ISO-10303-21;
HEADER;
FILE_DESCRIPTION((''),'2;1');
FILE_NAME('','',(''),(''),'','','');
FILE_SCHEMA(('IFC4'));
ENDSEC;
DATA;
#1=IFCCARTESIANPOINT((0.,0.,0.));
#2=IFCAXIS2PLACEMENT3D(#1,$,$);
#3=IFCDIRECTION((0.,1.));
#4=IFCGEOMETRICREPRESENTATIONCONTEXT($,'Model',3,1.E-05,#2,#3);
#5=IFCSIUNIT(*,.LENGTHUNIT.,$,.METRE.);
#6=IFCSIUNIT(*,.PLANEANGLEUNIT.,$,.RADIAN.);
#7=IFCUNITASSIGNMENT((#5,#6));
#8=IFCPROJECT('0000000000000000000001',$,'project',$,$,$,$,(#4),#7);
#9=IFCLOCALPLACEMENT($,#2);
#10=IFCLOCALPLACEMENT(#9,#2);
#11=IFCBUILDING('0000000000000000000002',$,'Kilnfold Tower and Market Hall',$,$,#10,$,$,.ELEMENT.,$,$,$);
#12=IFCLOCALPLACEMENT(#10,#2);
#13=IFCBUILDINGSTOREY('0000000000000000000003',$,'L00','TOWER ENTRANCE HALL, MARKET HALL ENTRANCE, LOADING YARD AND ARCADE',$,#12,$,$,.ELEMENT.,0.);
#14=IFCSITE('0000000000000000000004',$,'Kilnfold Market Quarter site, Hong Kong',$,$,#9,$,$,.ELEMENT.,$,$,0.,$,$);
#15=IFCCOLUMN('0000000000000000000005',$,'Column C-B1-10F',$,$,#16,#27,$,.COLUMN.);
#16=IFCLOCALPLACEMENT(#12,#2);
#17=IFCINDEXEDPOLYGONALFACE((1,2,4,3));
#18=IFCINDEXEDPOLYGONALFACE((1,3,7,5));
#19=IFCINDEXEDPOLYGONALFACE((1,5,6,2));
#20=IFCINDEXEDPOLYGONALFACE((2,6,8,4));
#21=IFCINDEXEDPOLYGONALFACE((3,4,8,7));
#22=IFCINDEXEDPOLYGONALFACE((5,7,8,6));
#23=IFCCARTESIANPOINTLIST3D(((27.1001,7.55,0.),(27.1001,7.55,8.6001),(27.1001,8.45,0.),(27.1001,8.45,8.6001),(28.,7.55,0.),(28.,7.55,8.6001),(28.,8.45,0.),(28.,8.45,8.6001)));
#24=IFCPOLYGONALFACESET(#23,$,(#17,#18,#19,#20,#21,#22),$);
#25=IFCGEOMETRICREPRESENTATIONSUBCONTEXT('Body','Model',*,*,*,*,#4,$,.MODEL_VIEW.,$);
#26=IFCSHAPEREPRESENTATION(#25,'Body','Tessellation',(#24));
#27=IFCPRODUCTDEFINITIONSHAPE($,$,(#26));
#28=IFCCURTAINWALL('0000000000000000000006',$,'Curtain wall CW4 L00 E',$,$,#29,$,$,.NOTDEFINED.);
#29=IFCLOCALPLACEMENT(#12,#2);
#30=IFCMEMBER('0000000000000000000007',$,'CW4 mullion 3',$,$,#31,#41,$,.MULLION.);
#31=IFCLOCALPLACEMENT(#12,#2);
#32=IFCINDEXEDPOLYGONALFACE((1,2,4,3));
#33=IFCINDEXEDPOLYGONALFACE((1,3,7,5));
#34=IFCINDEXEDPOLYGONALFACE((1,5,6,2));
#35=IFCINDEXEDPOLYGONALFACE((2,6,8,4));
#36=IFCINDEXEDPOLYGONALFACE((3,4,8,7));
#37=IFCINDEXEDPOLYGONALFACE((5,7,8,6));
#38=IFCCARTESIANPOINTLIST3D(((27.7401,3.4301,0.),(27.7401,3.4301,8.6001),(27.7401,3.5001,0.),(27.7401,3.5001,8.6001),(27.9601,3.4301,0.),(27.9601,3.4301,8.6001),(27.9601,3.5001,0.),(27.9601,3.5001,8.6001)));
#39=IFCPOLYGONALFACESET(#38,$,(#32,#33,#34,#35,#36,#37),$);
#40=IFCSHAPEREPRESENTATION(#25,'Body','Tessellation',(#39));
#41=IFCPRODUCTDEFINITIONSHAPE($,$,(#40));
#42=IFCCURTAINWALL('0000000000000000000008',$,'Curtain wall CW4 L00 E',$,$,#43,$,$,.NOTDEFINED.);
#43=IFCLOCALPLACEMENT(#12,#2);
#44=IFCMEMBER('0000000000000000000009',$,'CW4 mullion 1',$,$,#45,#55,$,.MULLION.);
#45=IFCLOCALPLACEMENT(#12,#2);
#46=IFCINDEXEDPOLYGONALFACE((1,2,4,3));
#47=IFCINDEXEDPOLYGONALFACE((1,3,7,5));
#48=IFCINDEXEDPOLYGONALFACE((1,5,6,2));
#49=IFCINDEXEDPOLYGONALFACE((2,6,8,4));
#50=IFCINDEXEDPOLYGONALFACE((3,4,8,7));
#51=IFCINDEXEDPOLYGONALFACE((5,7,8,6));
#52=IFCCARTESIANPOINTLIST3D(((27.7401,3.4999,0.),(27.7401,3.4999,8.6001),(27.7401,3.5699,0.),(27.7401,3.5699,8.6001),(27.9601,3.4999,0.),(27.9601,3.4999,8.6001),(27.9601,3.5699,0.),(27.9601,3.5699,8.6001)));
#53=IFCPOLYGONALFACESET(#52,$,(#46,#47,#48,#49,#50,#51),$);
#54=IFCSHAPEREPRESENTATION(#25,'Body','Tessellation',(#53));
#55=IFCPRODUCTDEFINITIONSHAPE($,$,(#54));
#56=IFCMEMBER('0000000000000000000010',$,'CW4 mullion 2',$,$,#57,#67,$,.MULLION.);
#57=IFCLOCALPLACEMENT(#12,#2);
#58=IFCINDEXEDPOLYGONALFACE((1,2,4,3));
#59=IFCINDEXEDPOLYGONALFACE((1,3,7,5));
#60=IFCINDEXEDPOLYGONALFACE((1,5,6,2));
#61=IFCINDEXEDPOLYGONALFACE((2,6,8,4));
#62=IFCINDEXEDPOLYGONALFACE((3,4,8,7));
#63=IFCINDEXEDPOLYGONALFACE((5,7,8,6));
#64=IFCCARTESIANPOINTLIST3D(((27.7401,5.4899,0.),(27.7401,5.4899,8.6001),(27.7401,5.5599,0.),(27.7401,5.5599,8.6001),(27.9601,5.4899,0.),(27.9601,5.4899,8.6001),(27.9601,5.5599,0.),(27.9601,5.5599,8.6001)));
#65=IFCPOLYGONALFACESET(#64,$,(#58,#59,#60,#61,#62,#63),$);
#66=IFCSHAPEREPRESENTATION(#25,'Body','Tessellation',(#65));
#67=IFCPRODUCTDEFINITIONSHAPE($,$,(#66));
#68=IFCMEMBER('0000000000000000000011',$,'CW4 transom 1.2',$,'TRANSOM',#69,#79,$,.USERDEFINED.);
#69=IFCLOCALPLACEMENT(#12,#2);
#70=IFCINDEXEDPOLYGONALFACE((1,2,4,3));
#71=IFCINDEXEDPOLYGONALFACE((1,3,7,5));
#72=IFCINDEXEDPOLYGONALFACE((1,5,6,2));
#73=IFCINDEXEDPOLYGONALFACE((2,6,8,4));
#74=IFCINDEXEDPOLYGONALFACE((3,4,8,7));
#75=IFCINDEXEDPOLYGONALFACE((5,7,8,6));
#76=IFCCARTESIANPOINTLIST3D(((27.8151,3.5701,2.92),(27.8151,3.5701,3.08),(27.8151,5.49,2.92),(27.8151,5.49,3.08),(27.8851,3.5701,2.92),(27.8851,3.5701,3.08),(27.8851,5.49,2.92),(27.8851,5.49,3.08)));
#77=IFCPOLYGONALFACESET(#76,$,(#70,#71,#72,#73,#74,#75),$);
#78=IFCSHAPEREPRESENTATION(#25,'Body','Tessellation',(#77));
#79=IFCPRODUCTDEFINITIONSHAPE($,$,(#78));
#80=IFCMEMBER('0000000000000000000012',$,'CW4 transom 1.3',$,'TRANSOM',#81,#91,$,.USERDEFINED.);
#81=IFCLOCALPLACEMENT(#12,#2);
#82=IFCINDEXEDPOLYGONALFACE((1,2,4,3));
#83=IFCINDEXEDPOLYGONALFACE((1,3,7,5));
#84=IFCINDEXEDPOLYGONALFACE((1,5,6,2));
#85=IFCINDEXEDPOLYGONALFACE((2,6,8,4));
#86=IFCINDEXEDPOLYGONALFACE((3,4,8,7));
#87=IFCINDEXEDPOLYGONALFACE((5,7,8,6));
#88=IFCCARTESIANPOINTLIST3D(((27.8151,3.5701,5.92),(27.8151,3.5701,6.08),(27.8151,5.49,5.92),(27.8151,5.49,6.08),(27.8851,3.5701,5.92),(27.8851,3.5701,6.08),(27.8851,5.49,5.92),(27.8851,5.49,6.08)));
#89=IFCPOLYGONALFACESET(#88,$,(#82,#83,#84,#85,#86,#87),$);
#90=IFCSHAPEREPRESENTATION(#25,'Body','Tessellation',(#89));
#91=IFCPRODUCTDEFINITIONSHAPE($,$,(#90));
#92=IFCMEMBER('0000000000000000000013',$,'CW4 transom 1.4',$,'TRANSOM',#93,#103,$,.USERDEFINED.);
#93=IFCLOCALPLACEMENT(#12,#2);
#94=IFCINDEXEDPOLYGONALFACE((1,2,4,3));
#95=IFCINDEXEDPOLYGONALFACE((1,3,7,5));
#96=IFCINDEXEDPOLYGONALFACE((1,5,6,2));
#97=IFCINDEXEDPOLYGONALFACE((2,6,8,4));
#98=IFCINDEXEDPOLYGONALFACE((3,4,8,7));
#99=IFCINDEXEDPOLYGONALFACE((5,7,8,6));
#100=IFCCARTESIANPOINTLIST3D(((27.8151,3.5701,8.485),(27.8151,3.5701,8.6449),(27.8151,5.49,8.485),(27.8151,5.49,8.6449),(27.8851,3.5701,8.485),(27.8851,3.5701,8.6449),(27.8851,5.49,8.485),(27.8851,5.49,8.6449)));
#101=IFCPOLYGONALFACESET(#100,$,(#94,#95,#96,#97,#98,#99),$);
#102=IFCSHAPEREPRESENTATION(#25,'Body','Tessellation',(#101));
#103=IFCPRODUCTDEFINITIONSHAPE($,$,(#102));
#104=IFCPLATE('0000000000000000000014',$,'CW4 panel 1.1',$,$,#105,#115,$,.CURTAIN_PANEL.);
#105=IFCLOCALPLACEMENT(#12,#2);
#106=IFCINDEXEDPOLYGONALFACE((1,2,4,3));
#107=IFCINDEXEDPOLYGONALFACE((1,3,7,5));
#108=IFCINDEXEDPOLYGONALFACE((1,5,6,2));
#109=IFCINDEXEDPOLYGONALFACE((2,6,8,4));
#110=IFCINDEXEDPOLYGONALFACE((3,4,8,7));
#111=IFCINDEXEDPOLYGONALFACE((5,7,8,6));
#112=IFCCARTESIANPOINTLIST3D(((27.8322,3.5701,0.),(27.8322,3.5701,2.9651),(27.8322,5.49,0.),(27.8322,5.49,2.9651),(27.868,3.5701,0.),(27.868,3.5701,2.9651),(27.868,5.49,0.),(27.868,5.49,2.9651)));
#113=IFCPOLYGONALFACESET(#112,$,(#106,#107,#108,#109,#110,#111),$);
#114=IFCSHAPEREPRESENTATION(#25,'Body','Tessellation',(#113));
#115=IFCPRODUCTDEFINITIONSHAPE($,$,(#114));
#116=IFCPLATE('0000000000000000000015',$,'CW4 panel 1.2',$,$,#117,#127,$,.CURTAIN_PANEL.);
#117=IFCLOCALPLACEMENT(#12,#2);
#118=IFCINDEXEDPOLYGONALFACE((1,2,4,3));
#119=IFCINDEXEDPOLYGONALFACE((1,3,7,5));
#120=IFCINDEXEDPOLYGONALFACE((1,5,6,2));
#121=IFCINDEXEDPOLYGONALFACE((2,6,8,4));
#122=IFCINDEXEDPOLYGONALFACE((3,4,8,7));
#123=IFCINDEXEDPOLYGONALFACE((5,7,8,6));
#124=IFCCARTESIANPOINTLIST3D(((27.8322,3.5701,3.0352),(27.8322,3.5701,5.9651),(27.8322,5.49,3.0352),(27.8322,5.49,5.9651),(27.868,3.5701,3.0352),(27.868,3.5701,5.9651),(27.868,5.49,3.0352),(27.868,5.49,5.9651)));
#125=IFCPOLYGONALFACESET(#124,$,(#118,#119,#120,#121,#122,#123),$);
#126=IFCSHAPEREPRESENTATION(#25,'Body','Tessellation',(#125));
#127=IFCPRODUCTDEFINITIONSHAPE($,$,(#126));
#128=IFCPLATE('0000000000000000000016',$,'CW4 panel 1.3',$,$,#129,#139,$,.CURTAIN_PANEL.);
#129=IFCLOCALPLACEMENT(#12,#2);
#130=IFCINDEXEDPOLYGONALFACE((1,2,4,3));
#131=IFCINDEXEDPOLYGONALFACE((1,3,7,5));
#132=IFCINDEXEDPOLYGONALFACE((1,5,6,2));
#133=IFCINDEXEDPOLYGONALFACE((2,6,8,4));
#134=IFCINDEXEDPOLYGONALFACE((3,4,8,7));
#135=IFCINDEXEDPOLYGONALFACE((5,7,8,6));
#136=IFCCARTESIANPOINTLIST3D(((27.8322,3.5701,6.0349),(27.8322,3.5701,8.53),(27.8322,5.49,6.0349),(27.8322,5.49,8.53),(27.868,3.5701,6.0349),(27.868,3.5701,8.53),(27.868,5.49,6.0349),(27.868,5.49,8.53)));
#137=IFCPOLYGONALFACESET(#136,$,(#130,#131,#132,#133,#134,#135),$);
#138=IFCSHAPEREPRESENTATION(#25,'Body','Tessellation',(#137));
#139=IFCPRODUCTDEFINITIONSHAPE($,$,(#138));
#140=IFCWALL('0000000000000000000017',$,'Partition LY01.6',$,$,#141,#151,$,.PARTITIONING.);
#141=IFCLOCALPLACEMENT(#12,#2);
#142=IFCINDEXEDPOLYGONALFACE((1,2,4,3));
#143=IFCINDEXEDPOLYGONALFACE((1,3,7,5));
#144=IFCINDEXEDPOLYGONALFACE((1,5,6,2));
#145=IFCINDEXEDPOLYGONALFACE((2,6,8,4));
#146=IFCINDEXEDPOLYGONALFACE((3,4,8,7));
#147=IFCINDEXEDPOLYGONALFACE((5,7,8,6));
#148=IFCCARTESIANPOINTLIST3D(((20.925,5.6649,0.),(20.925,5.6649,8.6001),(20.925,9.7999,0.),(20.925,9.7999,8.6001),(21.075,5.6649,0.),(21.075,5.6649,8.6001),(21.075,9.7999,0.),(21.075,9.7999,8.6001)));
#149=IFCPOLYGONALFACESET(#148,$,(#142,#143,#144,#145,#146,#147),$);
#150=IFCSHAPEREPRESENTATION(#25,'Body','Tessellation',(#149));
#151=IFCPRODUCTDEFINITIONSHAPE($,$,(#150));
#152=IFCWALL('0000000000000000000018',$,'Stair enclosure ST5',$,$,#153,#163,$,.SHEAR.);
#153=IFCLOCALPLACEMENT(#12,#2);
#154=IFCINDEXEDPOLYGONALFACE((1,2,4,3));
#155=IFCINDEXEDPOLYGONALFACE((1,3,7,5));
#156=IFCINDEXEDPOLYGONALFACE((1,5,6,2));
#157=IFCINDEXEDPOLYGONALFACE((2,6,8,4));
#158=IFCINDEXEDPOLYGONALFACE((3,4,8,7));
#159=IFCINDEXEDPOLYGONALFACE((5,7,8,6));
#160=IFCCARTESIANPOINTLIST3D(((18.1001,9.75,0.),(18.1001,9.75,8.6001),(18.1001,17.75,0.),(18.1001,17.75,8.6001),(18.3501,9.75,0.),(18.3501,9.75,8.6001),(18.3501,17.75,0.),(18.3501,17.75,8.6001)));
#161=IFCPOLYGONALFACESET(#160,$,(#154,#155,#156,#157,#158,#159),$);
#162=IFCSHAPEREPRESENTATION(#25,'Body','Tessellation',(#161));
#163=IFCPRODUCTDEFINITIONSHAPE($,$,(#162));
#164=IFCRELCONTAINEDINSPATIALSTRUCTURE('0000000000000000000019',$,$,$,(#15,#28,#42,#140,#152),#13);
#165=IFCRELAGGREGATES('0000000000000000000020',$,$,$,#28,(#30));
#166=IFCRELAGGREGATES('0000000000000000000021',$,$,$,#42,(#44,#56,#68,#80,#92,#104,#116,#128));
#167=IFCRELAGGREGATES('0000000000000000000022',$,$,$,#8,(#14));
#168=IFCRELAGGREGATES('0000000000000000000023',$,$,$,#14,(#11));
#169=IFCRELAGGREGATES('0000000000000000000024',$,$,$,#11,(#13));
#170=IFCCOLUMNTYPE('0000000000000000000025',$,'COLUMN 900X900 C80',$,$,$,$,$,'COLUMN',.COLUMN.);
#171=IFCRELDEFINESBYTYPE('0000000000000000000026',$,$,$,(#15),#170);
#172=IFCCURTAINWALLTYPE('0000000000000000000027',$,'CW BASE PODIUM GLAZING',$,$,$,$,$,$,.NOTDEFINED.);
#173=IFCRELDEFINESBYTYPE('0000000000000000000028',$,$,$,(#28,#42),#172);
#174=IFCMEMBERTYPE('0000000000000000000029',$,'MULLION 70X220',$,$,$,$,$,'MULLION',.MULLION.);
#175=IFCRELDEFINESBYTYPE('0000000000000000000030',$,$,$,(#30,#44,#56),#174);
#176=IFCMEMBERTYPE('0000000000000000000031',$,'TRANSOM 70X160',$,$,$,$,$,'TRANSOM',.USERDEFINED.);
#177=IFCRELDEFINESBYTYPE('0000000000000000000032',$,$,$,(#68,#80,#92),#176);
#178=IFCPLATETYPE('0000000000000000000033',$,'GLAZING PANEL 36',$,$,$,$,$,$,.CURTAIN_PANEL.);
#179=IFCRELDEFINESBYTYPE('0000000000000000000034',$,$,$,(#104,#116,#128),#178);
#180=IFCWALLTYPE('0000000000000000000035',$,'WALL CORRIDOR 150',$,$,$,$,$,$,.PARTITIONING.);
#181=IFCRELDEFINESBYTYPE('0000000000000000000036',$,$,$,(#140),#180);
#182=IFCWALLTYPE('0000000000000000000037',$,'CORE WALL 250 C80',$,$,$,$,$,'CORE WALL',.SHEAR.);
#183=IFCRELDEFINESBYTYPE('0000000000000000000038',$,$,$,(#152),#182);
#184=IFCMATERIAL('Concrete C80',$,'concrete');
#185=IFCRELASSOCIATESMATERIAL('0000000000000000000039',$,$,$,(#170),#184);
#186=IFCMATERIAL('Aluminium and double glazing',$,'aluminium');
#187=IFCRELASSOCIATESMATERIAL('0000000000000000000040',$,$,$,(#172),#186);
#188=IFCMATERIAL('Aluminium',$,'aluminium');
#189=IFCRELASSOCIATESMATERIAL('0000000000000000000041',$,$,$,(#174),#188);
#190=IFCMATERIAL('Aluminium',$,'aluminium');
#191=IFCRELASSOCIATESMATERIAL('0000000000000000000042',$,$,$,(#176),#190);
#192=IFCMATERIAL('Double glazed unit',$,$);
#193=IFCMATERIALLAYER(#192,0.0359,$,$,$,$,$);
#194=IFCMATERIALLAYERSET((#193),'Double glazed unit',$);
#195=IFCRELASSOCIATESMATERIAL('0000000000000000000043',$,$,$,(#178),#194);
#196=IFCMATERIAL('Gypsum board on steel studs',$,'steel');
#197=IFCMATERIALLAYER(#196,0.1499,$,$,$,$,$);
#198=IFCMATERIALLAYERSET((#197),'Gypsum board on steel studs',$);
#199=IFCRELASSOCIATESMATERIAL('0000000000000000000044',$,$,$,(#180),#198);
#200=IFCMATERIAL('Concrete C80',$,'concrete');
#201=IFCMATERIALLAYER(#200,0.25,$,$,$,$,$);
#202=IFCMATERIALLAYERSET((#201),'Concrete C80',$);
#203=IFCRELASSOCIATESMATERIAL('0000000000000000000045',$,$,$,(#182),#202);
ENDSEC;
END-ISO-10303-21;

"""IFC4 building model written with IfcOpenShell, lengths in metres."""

from ifc_helpers import new_model, si_unit, direction, frame, frame_2d, origin, origin_2d, place, context, subcontext, project, spatial, rectangle, extrude, source, transform, mapped, material, layer, layer_set, material_profile, profile_set, type_object, element, aggregate, save


model = new_model("IFC4")

# Units and contexts
model_context = context("Model", 3, precision=1e-05, world=origin(), true_north=direction((0.0, 1.0)))
body_context = subcontext(model_context, "Body", "Model", "MODEL_VIEW")
ifc_project = project(units=[si_unit("LENGTHUNIT", "METRE"), si_unit("PLANEANGLEUNIT", "RADIAN")], contexts=[model_context])

# Site, building, storey
site_placement = place(None, origin())
site = spatial("IfcSite", under=ifc_project, at=site_placement, Name="Kilnfold Market Quarter site, Hong Kong", CompositionType="ELEMENT", RefElevation=0.0)
building_placement = place(site_placement, origin())
building = spatial("IfcBuilding", under=site, at=building_placement, Name="Kilnfold Tower and Market Hall", CompositionType="ELEMENT")
storey_placement = place(building_placement, origin())
storey = spatial("IfcBuildingStorey", under=building, at=storey_placement, Name="L00", Description="TOWER ENTRANCE HALL, MARKET HALL ENTRANCE, LOADING YARD AND ARCADE", CompositionType="ELEMENT", Elevation=0.0)

# Column
ifc_material_1 = material(Name="Concrete C80", Category="concrete")
ifc_material_profile_1 = material_profile(ifc_material_1, rectangle(XDim=0.8999, YDim=0.8999, at=origin_2d()), Name="RC 900x900")
ifc_profile_set_1 = profile_set([ifc_material_profile_1], Name="Concrete C80")
column_type = type_object("IfcColumnType", Name="COLUMN 900X900 C80", ElementType="COLUMN", PredefinedType="COLUMN", material=ifc_profile_set_1)
shared_shape_1 = source(origin(), body_context, "Body", "SweptSolid", [
    extrude(rectangle(XDim=0.8999, YDim=0.8999, at=origin_2d()), origin(), (0.0, 0.0, 1.0), 8.6001),
])
column_placement = place(storey_placement, frame((27.55, 8.0, 0.0), z_axis=(0.0, 0.0, 1.0), x_axis=(1.0, 0.0, 0.0)))
element("IfcColumn", 1, at=column_placement, inside=storey, type_object=column_type, Name="Column C-B1-10F", PredefinedType="COLUMN", context=body_context, shape_type="MappedRepresentation", body=[
    mapped(shared_shape_1, transform((0.0, 0.0, 0.0))),
])

# Curtain wall, member
ifc_material_2 = material(Name="Aluminium and double glazing", Category="aluminium")
curtain_wall_type = type_object("IfcCurtainWallType", Name="CW BASE PODIUM GLAZING", PredefinedType="NOTDEFINED", material=ifc_material_2)
curtain_wall_1_placement = place(storey_placement, origin())
curtain_wall_1 = element("IfcCurtainWall", 2, at=curtain_wall_1_placement, inside=storey, type_object=curtain_wall_type, Name="Curtain wall CW4 L00 E", PredefinedType="NOTDEFINED")
ifc_material_3 = material(Name="Aluminium", Category="aluminium")
ifc_material_profile_2 = material_profile(ifc_material_3, rectangle(XDim=0.0701, YDim=0.22, at=origin_2d()), Name="MULLION 70x220")
ifc_profile_set_2 = profile_set([ifc_material_profile_2], Name="Aluminium")
member_type_1 = type_object("IfcMemberType", Name="MULLION 70X220", ElementType="MULLION", PredefinedType="MULLION", material=ifc_profile_set_2)
shared_shape_2 = source(origin(), body_context, "Body", "SweptSolid", [
    extrude(rectangle(XDim=0.0701, YDim=0.22, at=origin_2d()), origin(), (0.0, 0.0, 1.0), 8.6001),
])
member_1_placement = place(storey_placement, frame((27.8501, 3.4651, 0.0), z_axis=(0.0, 0.0, 1.0), x_axis=(0.0, 1.0, 0.0)))
member_1 = element("IfcMember", 3, at=member_1_placement, type_object=member_type_1, Name="CW4 mullion 3", PredefinedType="MULLION", context=body_context, shape_type="MappedRepresentation", body=[
    mapped(shared_shape_2, transform((0.0, 0.0, 0.0))),
])
aggregate(curtain_wall_1, [member_1])

# Curtain wall, members, plates
curtain_wall_2_placement = place(storey_placement, origin())
curtain_wall_2 = element("IfcCurtainWall", 4, at=curtain_wall_2_placement, inside=storey, type_object=curtain_wall_type, Name="Curtain wall CW4 L00 E", PredefinedType="NOTDEFINED")
member_2_placement = place(storey_placement, frame((27.8501, 3.5349, 0.0), z_axis=(0.0, 0.0, 1.0), x_axis=(0.0, 1.0, 0.0)))
member_2 = element("IfcMember", 5, at=member_2_placement, type_object=member_type_1, Name="CW4 mullion 1", PredefinedType="MULLION", context=body_context, shape_type="MappedRepresentation", body=[
    mapped(shared_shape_2, transform((0.0, 0.0, 0.0))),
])
member_3_placement = place(storey_placement, frame((27.8501, 5.5249, 0.0), z_axis=(0.0, 0.0, 1.0), x_axis=(0.0, 1.0, 0.0)))
member_3 = element("IfcMember", 6, at=member_3_placement, type_object=member_type_1, Name="CW4 mullion 2", PredefinedType="MULLION", context=body_context, shape_type="MappedRepresentation", body=[
    mapped(shared_shape_2, transform((0.0, 0.0, 0.0))),
])
ifc_material_4 = material(Name="Aluminium", Category="aluminium")
ifc_material_profile_3 = material_profile(ifc_material_4, rectangle(XDim=0.0701, YDim=0.1599, at=origin_2d()), Name="TRANSOM 70x160")
ifc_profile_set_3 = profile_set([ifc_material_profile_3], Name="Aluminium")
member_type_2 = type_object("IfcMemberType", Name="TRANSOM 70X160", ElementType="TRANSOM", PredefinedType="USERDEFINED", material=ifc_profile_set_3)
shared_shape_3 = source(origin(), body_context, "Body", "SweptSolid", [
    extrude(rectangle(XDim=0.0701, YDim=0.1599, at=origin_2d()), origin(), (0.0, 0.0, 1.0), 1.9199),
])
member_4_placement = place(storey_placement, frame((27.8501, 3.5701, 3.0), z_axis=(0.0, 1.0, 0.0), x_axis=(-1.0, 0.0, 0.0)))
member_4 = element("IfcMember", 7, at=member_4_placement, type_object=member_type_2, Name="CW4 transom 1.2", ObjectType="TRANSOM", PredefinedType="USERDEFINED", context=body_context, shape_type="MappedRepresentation", body=[
    mapped(shared_shape_3, transform((0.0, 0.0, 0.0))),
])
member_5_placement = place(storey_placement, frame((27.8501, 3.5701, 6.0), z_axis=(0.0, 1.0, 0.0), x_axis=(-1.0, 0.0, 0.0)))
member_5 = element("IfcMember", 8, at=member_5_placement, type_object=member_type_2, Name="CW4 transom 1.3", ObjectType="TRANSOM", PredefinedType="USERDEFINED", context=body_context, shape_type="MappedRepresentation", body=[
    mapped(shared_shape_3, transform((0.0, 0.0, 0.0))),
])
member_6_placement = place(storey_placement, frame((27.8501, 3.5701, 8.5649), z_axis=(0.0, 1.0, 0.0), x_axis=(-1.0, 0.0, 0.0)))
member_6 = element("IfcMember", 9, at=member_6_placement, type_object=member_type_2, Name="CW4 transom 1.4", ObjectType="TRANSOM", PredefinedType="USERDEFINED", context=body_context, shape_type="MappedRepresentation", body=[
    mapped(shared_shape_3, transform((0.0, 0.0, 0.0))),
])
ifc_material_5 = material(Name="Double glazed unit")
ifc_layer_1 = layer(ifc_material_5, 0.0359)
ifc_layer_set_1 = layer_set([ifc_layer_1], Name="Double glazed unit")
plate_type = type_object("IfcPlateType", Name="GLAZING PANEL 36", PredefinedType="CURTAIN_PANEL", material=ifc_layer_set_1)
shared_shape_4 = source(origin(), body_context, "Body", "SweptSolid", [
    extrude(rectangle(XDim=1.9199, YDim=0.0359, at=origin_2d()), origin(), (0.0, 0.0, 1.0), 2.9651),
])
plate_1_placement = place(storey_placement, frame((27.8501, 4.53, 0.0), z_axis=(0.0, 0.0, 1.0), x_axis=(0.0, 1.0, 0.0)))
plate_1 = element("IfcPlate", 10, at=plate_1_placement, type_object=plate_type, Name="CW4 panel 1.1", PredefinedType="CURTAIN_PANEL", context=body_context, shape_type="MappedRepresentation", body=[
    mapped(shared_shape_4, transform((0.0, 0.0, 0.0))),
])
shared_shape_5 = source(origin(), body_context, "Body", "SweptSolid", [
    extrude(rectangle(XDim=1.9199, YDim=0.0359, at=origin_2d()), origin(), (0.0, 0.0, 1.0), 2.9299),
])
plate_2_placement = place(storey_placement, frame((27.8501, 4.53, 3.0352), z_axis=(0.0, 0.0, 1.0), x_axis=(0.0, 1.0, 0.0)))
plate_2 = element("IfcPlate", 11, at=plate_2_placement, type_object=plate_type, Name="CW4 panel 1.2", PredefinedType="CURTAIN_PANEL", context=body_context, shape_type="MappedRepresentation", body=[
    mapped(shared_shape_5, transform((0.0, 0.0, 0.0))),
])
shared_shape_6 = source(origin(), body_context, "Body", "SweptSolid", [
    extrude(rectangle(XDim=1.9199, YDim=0.0359, at=origin_2d()), origin(), (0.0, 0.0, 1.0), 2.4951),
])
plate_3_placement = place(storey_placement, frame((27.8501, 4.53, 6.0349), z_axis=(0.0, 0.0, 1.0), x_axis=(0.0, 1.0, 0.0)))
plate_3 = element("IfcPlate", 12, at=plate_3_placement, type_object=plate_type, Name="CW4 panel 1.3", PredefinedType="CURTAIN_PANEL", context=body_context, shape_type="MappedRepresentation", body=[
    mapped(shared_shape_6, transform((0.0, 0.0, 0.0))),
])
aggregate(curtain_wall_2, [member_2, member_3, member_4, member_5, member_6, plate_1, plate_2, plate_3])

# Walls
ifc_material_6 = material(Name="Gypsum board on steel studs", Category="steel")
ifc_layer_2 = layer(ifc_material_6, 0.1499)
ifc_layer_set_2 = layer_set([ifc_layer_2], Name="Gypsum board on steel studs")
wall_type_1 = type_object("IfcWallType", Name="WALL CORRIDOR 150", PredefinedType="PARTITIONING", material=ifc_layer_set_2)
wall_1_placement = place(storey_placement, frame((21.0, 5.665, 0.0), z_axis=(0.0, 0.0, 1.0), x_axis=(0.0, 1.0, 0.0)))
element("IfcWall", 13, at=wall_1_placement, inside=storey, type_object=wall_type_1, Name="Partition LY01.6", PredefinedType="PARTITIONING", context=body_context, shape_type="SweptSolid", body=[
    extrude(rectangle(XDim=4.135, YDim=0.1499, at=frame_2d((2.0674, 0.0))), origin(), (0.0, 0.0, 1.0), 8.6001),
])
ifc_material_7 = material(Name="Concrete C80", Category="concrete")
ifc_layer_3 = layer(ifc_material_7, 0.25)
ifc_layer_set_3 = layer_set([ifc_layer_3], Name="Concrete C80")
wall_type_2 = type_object("IfcWallType", Name="CORE WALL 250 C80", ElementType="CORE WALL", PredefinedType="SHEAR", material=ifc_layer_set_3)
shared_shape_7 = source(origin(), body_context, "Body", "SweptSolid", [
    extrude(rectangle(XDim=8.0, YDim=0.25, at=frame_2d((4.0, 0.0))), origin(), (0.0, 0.0, 1.0), 8.6001),
])
wall_2_placement = place(storey_placement, frame((18.2251, 9.75, 0.0), z_axis=(0.0, 0.0, 1.0), x_axis=(0.0, 1.0, 0.0)))
element("IfcWall", 14, at=wall_2_placement, inside=storey, type_object=wall_type_2, Name="Stair enclosure ST5", PredefinedType="SHEAR", context=body_context, shape_type="MappedRepresentation", body=[
    mapped(shared_shape_7, transform((0.0, 0.0, 0.0))),
])

save(model, "model.ifc")
